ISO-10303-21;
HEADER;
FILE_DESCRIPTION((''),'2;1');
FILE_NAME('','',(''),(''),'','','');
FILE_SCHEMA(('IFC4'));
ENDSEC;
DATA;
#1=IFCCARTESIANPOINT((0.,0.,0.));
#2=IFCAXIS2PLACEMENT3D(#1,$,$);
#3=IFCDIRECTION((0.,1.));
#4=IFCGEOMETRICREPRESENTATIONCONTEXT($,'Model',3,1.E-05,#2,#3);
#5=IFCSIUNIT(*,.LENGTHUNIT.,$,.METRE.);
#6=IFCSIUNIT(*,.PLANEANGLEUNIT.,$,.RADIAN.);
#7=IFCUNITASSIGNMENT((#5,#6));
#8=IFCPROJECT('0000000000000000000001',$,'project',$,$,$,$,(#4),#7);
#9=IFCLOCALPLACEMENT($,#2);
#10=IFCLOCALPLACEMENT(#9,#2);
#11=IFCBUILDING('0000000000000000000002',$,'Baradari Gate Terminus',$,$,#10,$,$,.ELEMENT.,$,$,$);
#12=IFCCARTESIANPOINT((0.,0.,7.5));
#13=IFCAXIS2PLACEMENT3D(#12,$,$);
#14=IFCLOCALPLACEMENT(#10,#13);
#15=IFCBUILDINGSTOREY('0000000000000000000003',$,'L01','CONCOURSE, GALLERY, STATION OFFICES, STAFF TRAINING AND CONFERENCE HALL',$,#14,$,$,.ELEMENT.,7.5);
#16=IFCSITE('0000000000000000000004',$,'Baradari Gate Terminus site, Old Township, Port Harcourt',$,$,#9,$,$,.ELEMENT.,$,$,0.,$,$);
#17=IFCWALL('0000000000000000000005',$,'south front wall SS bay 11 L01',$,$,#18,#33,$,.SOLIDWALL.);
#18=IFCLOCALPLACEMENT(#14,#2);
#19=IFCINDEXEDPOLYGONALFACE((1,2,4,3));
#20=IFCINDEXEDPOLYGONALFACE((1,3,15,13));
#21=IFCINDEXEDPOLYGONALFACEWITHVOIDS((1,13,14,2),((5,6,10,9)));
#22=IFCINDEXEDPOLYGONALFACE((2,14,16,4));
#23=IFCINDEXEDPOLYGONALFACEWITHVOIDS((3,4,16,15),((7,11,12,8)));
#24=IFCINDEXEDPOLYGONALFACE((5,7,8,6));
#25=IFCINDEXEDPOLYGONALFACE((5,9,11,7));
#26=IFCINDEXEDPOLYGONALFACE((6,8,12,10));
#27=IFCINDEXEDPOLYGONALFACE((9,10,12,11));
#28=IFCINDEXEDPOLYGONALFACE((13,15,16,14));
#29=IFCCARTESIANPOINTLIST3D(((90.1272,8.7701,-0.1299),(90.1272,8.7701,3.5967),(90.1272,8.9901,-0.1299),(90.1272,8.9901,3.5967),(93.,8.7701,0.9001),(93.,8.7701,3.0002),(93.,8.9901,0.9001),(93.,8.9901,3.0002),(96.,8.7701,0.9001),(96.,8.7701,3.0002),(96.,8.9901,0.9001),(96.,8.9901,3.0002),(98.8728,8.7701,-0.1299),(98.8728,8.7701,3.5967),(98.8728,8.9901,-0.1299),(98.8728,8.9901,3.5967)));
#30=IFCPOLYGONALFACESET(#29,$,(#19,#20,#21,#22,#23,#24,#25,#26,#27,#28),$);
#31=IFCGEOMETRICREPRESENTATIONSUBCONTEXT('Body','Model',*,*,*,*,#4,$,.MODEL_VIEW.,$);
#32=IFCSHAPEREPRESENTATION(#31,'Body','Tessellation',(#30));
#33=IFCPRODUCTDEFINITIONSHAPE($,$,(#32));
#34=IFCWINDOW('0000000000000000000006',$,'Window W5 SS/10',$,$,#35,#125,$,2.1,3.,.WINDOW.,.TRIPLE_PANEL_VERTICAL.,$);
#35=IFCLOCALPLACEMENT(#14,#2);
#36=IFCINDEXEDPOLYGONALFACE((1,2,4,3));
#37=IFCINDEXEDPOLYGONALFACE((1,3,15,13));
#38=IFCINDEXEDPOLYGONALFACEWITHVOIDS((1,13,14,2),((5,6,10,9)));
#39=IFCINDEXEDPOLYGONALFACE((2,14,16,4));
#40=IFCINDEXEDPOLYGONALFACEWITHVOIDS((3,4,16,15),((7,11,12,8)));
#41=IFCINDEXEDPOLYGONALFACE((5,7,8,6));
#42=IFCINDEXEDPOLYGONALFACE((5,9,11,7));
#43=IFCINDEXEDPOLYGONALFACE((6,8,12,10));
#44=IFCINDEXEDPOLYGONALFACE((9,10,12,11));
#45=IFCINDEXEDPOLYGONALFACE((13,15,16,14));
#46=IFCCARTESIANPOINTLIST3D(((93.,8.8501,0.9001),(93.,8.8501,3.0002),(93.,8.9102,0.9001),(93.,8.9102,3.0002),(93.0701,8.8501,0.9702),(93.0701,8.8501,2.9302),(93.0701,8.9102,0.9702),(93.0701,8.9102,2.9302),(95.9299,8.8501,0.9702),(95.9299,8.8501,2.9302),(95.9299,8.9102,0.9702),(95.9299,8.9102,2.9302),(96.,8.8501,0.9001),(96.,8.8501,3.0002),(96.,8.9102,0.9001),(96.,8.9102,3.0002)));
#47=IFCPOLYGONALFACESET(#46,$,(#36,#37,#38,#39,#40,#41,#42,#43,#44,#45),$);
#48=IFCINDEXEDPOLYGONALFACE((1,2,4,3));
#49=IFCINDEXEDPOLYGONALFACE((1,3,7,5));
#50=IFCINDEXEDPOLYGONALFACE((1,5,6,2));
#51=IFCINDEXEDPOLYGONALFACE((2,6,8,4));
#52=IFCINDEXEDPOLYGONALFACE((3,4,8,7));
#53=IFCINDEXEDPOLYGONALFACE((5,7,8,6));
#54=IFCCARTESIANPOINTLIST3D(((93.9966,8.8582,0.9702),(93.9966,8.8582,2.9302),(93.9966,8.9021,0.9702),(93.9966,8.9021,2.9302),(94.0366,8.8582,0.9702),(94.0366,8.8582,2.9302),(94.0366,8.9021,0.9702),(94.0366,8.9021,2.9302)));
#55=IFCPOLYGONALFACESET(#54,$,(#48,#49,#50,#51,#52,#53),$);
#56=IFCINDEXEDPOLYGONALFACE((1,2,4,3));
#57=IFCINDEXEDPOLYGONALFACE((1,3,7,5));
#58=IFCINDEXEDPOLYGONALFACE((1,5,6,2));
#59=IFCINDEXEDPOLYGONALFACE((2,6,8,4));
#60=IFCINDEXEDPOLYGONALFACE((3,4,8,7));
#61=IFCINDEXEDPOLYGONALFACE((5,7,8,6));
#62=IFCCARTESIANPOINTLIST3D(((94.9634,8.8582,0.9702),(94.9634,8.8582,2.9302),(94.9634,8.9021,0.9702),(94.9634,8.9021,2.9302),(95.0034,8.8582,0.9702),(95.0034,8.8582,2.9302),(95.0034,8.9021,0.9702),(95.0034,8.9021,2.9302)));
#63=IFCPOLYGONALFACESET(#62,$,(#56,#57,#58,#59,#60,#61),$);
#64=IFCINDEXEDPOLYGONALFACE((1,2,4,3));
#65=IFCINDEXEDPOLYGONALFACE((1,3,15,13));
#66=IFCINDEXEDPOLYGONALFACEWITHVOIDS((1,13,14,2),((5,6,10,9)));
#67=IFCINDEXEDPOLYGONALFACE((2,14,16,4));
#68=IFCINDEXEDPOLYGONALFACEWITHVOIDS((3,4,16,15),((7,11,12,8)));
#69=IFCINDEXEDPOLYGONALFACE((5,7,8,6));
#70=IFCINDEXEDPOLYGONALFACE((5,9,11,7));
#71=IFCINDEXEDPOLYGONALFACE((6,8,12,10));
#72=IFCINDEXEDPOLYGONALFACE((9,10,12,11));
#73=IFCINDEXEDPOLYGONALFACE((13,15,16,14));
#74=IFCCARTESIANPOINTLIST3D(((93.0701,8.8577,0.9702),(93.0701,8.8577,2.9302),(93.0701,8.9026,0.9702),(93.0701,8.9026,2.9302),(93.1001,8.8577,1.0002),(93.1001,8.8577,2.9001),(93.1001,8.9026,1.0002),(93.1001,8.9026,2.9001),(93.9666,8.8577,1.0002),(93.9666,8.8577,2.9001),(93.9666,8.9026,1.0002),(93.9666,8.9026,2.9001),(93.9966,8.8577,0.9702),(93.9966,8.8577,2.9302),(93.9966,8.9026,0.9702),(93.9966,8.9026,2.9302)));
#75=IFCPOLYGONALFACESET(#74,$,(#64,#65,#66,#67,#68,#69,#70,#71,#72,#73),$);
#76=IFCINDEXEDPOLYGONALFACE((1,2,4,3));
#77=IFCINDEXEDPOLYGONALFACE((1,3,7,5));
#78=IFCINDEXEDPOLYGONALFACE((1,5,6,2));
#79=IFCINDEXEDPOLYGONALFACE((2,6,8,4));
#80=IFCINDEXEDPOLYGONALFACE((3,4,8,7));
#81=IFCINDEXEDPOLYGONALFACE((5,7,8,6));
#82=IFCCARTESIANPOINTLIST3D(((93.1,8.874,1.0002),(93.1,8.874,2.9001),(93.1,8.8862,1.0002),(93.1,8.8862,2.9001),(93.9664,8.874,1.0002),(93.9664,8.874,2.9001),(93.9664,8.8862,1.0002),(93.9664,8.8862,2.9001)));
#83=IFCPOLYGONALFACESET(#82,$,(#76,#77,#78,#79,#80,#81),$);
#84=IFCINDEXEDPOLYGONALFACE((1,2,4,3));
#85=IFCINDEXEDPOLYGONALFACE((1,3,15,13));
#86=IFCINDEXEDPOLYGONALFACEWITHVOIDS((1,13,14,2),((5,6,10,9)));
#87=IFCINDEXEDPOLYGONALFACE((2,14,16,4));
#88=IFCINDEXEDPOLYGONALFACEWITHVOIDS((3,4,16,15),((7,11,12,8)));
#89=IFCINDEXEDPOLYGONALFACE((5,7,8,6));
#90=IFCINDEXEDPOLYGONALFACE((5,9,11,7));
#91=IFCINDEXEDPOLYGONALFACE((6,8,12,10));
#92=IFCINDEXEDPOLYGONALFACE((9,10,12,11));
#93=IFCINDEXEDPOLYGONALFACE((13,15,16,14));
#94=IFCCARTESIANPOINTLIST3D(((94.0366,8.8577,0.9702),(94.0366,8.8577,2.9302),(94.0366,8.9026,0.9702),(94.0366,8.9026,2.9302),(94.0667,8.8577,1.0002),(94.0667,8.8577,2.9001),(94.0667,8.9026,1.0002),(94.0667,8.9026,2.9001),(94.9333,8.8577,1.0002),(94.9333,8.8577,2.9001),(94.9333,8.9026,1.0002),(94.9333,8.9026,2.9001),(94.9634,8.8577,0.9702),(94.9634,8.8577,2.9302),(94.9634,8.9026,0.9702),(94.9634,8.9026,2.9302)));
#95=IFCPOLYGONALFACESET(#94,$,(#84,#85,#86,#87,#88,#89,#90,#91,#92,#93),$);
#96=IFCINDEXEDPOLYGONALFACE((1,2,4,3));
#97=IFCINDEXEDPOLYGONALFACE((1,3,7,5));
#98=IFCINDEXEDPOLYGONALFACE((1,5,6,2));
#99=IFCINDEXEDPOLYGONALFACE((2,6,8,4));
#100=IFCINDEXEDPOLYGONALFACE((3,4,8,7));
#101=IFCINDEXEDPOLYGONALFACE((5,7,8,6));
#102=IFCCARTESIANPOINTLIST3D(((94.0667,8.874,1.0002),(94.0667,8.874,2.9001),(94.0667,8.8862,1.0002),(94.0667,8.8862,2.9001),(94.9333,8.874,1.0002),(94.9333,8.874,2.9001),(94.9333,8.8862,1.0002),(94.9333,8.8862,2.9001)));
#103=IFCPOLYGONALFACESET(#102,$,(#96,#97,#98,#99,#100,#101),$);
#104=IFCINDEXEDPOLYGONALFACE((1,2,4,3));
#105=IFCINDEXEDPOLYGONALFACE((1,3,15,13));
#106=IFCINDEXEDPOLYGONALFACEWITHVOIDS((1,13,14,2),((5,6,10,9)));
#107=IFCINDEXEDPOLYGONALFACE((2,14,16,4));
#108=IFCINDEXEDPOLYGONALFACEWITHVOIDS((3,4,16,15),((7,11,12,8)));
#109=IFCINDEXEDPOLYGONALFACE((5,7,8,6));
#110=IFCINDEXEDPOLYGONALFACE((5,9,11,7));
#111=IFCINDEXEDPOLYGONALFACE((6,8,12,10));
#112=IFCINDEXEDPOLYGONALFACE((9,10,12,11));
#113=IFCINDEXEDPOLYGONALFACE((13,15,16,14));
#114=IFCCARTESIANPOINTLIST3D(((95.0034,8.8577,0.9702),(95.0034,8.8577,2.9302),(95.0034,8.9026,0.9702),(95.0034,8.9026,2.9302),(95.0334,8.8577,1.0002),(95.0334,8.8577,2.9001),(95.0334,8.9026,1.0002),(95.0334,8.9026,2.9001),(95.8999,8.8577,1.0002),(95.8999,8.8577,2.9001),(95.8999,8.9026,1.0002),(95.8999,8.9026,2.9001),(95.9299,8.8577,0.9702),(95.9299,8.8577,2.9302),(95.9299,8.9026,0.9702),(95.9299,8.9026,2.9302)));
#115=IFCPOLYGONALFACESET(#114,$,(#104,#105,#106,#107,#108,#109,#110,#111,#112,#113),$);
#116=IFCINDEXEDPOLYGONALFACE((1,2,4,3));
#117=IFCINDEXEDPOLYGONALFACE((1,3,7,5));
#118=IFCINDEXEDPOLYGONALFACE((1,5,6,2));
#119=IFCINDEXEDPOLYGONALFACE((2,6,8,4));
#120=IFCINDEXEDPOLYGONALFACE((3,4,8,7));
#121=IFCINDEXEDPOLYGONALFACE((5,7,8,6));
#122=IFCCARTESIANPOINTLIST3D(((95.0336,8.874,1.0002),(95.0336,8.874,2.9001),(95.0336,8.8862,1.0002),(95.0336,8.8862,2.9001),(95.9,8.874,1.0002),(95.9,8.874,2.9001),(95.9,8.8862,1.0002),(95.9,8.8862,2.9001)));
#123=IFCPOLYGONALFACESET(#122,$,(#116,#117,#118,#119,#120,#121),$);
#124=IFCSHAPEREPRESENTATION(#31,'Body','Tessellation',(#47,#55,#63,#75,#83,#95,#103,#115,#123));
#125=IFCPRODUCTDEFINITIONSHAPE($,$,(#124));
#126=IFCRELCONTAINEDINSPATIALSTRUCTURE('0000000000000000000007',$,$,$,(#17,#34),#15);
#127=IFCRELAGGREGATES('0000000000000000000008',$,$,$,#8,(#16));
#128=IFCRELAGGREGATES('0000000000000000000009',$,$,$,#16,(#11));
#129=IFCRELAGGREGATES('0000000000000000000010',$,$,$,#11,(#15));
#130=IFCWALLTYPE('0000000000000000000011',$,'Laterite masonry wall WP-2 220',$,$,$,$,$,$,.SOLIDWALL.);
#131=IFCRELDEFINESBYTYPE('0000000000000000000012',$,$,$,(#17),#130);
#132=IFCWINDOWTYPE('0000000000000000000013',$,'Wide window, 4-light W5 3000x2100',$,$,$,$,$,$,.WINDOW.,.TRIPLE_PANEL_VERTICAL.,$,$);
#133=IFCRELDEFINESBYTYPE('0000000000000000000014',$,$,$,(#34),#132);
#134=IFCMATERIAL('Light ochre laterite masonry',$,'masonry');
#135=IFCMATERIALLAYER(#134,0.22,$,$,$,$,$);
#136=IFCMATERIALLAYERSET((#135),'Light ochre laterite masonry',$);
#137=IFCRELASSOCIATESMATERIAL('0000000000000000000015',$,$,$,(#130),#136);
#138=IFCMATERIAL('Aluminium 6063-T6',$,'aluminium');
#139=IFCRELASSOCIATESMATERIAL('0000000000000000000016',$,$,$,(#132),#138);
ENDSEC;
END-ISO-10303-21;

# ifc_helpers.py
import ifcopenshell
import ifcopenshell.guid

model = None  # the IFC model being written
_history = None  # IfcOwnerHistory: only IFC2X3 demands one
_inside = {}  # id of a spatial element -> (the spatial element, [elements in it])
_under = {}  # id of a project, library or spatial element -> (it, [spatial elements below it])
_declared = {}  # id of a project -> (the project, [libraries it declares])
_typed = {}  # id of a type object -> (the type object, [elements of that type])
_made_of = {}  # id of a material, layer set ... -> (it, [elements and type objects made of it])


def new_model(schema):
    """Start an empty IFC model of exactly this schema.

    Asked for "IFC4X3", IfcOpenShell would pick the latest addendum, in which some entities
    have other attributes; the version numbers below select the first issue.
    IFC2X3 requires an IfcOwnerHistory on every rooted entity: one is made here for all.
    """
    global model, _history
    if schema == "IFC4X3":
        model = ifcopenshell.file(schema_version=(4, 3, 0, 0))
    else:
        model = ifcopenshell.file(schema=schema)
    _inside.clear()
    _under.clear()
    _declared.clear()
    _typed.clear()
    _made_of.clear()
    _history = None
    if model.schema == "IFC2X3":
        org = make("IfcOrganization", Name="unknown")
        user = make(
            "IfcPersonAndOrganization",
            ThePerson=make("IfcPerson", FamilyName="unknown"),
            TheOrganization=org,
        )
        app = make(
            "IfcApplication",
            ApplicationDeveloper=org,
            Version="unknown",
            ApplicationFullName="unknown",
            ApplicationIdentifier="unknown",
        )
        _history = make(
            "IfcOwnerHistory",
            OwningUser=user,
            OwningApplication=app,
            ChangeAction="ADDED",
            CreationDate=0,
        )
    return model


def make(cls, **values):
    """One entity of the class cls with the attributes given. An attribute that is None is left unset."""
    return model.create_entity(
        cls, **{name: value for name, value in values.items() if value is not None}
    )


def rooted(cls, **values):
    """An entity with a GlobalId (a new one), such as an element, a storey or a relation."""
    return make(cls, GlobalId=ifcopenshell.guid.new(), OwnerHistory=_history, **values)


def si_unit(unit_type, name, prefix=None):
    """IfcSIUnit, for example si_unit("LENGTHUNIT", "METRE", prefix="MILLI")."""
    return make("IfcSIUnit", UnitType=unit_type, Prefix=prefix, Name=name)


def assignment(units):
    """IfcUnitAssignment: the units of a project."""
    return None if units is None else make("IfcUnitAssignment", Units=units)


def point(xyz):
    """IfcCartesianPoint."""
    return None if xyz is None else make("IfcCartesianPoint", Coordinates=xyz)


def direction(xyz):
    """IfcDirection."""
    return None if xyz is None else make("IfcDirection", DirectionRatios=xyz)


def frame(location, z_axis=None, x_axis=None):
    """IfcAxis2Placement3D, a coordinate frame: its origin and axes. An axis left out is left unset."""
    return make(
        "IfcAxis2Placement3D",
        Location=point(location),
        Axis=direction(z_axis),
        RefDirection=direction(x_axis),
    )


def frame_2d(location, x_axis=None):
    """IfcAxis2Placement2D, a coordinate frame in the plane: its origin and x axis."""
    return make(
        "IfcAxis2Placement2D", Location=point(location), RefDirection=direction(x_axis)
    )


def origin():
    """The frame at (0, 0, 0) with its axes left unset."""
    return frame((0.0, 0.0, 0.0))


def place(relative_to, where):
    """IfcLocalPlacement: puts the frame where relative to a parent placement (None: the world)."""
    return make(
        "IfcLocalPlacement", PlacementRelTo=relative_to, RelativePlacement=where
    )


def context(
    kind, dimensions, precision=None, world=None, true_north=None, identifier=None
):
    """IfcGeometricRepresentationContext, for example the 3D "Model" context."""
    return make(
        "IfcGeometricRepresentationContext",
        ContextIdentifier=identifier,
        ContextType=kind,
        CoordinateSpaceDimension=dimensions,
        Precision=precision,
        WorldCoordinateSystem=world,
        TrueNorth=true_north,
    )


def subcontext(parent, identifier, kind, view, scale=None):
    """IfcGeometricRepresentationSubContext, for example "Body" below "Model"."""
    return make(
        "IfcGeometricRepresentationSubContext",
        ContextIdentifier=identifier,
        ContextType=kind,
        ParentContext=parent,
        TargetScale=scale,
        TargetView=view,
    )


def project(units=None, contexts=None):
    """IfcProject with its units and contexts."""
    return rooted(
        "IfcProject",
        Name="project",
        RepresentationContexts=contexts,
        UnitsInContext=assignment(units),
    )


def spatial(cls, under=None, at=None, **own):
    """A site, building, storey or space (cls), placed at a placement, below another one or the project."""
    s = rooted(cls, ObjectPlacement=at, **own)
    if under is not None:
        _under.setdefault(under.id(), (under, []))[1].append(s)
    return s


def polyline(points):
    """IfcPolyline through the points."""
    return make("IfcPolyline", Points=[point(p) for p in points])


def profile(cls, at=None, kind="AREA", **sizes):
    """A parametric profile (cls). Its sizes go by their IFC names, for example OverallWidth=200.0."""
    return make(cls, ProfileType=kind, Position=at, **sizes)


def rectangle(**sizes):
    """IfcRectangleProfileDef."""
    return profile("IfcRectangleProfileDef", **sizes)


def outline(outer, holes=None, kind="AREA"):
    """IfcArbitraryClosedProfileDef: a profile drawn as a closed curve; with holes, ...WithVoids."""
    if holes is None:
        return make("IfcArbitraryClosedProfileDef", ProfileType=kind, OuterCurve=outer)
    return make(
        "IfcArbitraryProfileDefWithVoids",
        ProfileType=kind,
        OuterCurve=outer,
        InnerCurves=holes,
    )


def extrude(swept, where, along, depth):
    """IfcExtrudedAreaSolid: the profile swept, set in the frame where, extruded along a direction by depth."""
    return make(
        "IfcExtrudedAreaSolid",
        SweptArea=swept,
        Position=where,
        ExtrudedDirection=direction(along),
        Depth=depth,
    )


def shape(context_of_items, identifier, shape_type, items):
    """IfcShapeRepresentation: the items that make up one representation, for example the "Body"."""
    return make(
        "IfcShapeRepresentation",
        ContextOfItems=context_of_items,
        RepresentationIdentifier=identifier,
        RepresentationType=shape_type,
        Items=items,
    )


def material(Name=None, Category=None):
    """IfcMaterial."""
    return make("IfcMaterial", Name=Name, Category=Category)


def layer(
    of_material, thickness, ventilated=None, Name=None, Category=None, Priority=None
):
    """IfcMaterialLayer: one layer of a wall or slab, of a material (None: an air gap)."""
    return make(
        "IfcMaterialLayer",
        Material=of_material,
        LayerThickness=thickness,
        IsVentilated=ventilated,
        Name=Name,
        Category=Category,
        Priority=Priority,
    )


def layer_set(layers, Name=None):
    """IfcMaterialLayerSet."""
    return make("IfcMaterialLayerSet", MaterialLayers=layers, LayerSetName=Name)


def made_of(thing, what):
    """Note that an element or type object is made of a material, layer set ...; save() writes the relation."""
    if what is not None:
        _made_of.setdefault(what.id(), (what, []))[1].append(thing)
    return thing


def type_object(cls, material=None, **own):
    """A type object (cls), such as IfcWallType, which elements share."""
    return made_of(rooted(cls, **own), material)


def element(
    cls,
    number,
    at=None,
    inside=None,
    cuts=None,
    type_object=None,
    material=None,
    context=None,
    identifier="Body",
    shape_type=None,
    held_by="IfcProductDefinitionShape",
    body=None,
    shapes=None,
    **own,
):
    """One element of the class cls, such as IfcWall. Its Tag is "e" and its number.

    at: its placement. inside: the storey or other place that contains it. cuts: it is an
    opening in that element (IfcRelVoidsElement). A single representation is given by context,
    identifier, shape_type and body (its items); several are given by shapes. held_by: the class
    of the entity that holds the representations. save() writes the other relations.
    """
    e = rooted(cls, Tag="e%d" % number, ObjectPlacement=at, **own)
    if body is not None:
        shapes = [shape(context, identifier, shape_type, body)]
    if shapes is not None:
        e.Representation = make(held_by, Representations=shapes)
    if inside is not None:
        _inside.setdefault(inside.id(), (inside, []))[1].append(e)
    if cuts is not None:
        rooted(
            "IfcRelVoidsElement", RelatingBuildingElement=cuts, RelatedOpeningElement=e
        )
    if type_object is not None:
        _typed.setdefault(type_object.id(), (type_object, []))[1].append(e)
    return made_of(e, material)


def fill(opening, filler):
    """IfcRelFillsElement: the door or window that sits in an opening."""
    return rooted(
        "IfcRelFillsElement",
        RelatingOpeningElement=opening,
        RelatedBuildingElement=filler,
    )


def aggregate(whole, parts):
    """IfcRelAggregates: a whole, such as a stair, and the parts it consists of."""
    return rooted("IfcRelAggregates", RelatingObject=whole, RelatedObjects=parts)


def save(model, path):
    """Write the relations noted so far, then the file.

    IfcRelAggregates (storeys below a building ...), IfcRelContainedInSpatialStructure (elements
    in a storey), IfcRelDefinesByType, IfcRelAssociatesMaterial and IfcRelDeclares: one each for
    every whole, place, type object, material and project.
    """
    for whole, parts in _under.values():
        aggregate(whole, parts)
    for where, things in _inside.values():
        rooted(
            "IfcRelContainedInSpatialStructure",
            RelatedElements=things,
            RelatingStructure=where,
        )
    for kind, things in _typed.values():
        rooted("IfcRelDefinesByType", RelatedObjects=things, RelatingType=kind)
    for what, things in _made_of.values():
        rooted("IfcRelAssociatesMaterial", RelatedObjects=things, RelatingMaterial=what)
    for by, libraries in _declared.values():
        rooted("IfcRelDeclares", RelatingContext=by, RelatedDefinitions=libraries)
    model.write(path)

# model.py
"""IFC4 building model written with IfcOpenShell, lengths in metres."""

from ifc_helpers import new_model, si_unit, direction, frame, frame_2d, origin, place, context, subcontext, project, spatial, polyline, rectangle, outline, extrude, material, layer, layer_set, type_object, element, fill, save


model = new_model("IFC4")

# Units and contexts
model_context = context("Model", 3, precision=1e-05, world=origin(), true_north=direction((0.0, 1.0)))
body_context = subcontext(model_context, "Body", "Model", "MODEL_VIEW")
ifc_project = project(units=[si_unit("LENGTHUNIT", "METRE"), si_unit("PLANEANGLEUNIT", "RADIAN")], contexts=[model_context])

# Site, building, storey
site_placement = place(None, origin())
site = spatial("IfcSite", under=ifc_project, at=site_placement, Name="Baradari Gate Terminus site, Old Township, Port Harcourt", CompositionType="ELEMENT", RefElevation=0.0)
building_placement = place(site_placement, origin())
building = spatial("IfcBuilding", under=site, at=building_placement, Name="Baradari Gate Terminus", CompositionType="ELEMENT")
storey_placement = place(building_placement, frame((0.0, 0.0, 7.5)))
storey = spatial("IfcBuildingStorey", under=building, at=storey_placement, Name="L01", Description="CONCOURSE, GALLERY, STATION OFFICES, STAFF TRAINING AND CONFERENCE HALL", CompositionType="ELEMENT", Elevation=7.5)

# Wall, opening, window
ifc_material_1 = material(Name="Light ochre laterite masonry", Category="masonry")
ifc_layer_1 = layer(ifc_material_1, 0.22)
ifc_layer_set_1 = layer_set([ifc_layer_1], Name="Light ochre laterite masonry")
wall_type_1 = type_object("IfcWallType", Name="Laterite masonry wall WP-2 220", PredefinedType="SOLIDWALL", material=ifc_layer_set_1)
wall_1_placement = place(storey_placement, frame((90.1272, 8.8801, -0.1299), z_axis=(0.0, 0.0, 1.0), x_axis=(1.0, 0.0, 0.0)))
wall_1 = element("IfcWall", 1, at=wall_1_placement, inside=storey, type_object=wall_type_1, Name="south front wall SS bay 11 L01", PredefinedType="SOLIDWALL", context=body_context, shape_type="SweptSolid", body=[
    extrude(rectangle(XDim=8.7456, YDim=0.22, at=frame_2d((4.3728, 0.0))), origin(), (0.0, 0.0, 1.0), 3.7266),
])
opening_1_placement = place(wall_1_placement, frame((2.8728, 0.0, 1.03)))
opening_1 = element("IfcOpeningElement", 2, at=opening_1_placement, cuts=wall_1, PredefinedType="OPENING", context=body_context, shape_type="SweptSolid", body=[
    extrude(rectangle(XDim=3.0, YDim=2.1001, at=frame_2d((1.5, 1.05))), frame((0.0, 0.1199, 0.0), z_axis=(0.0, -1.0, 0.0), x_axis=(1.0, 0.0, 0.0)), (0.0, 0.0, 1.0), 0.24),
])
ifc_material_2 = material(Name="Aluminium 6063-T6", Category="aluminium")
window_type = type_object("IfcWindowType", Name="Wide window, 4-light W5 3000x2100", PartitioningType="TRIPLE_PANEL_VERTICAL", PredefinedType="WINDOW", material=ifc_material_2)
window_1_placement = place(opening_1_placement, origin())
window_1 = element("IfcWindow", 3, at=window_1_placement, inside=storey, type_object=window_type, Name="Window W5 SS/10", OverallHeight=2.1, OverallWidth=3.0, PartitioningType="TRIPLE_PANEL_VERTICAL", PredefinedType="WINDOW", context=body_context, shape_type="SweptSolid", body=[
    extrude(outline(polyline([(0.0, 0.0), (3.0, 0.0), (3.0, 2.1001), (0.0, 2.1001), (0.0, 0.0)]), holes=[polyline([(0.0701, 0.0701), (2.9299, 0.0701), (2.9299, 2.03), (0.0701, 2.03), (0.0701, 0.0701)])]), frame((0.0, 0.03, 0.0), z_axis=(0.0, -1.0, 0.0), x_axis=(1.0, 0.0, 0.0)), (0.0, 0.0, 1.0), 0.0601),
    extrude(rectangle(XDim=0.04, YDim=1.96, at=frame_2d((1.0166, 1.05))), frame((0.0, 0.022, 0.0), z_axis=(0.0, -1.0, 0.0), x_axis=(1.0, 0.0, 0.0)), (0.0, 0.0, 1.0), 0.0439),
    extrude(rectangle(XDim=0.04, YDim=1.96, at=frame_2d((1.9834, 1.05))), frame((0.0, 0.022, 0.0), z_axis=(0.0, -1.0, 0.0), x_axis=(1.0, 0.0, 0.0)), (0.0, 0.0, 1.0), 0.0439),
    extrude(outline(polyline([(0.0701, 0.0701), (0.9966, 0.0701), (0.9966, 2.03), (0.0701, 2.03), (0.0701, 0.0701)]), holes=[polyline([(0.1001, 0.1001), (0.9666, 0.1001), (0.9666, 2.0), (0.1001, 2.0), (0.1001, 0.1001)])]), frame((0.0, 0.0225, 0.0), z_axis=(0.0, -1.0, 0.0), x_axis=(1.0, 0.0, 0.0)), (0.0, 0.0, 1.0), 0.0449),
    extrude(rectangle(XDim=0.8665, YDim=1.8999, at=frame_2d((0.5332, 1.05))), frame((0.0, 0.0061, 0.0), z_axis=(0.0, -1.0, 0.0), x_axis=(1.0, 0.0, 0.0)), (0.0, 0.0, 1.0), 0.0122),
    extrude(outline(polyline([(1.0366, 0.0701), (1.9634, 0.0701), (1.9634, 2.03), (1.0366, 2.03), (1.0366, 0.0701)]), holes=[polyline([(1.0667, 0.1001), (1.9333, 0.1001), (1.9333, 2.0), (1.0667, 2.0), (1.0667, 0.1001)])]), frame((0.0, 0.0225, 0.0), z_axis=(0.0, -1.0, 0.0), x_axis=(1.0, 0.0, 0.0)), (0.0, 0.0, 1.0), 0.0449),
    extrude(rectangle(XDim=0.8667, YDim=1.8999, at=frame_2d((1.5, 1.05))), frame((0.0, 0.0061, 0.0), z_axis=(0.0, -1.0, 0.0), x_axis=(1.0, 0.0, 0.0)), (0.0, 0.0, 1.0), 0.0122),
    extrude(outline(polyline([(2.0034, 0.0701), (2.9299, 0.0701), (2.9299, 2.03), (2.0034, 2.03), (2.0034, 0.0701)]), holes=[polyline([(2.0334, 0.1001), (2.8999, 0.1001), (2.8999, 2.0), (2.0334, 2.0), (2.0334, 0.1001)])]), frame((0.0, 0.0225, 0.0), z_axis=(0.0, -1.0, 0.0), x_axis=(1.0, 0.0, 0.0)), (0.0, 0.0, 1.0), 0.0449),
    extrude(rectangle(XDim=0.8665, YDim=1.8999, at=frame_2d((2.4668, 1.05))), frame((0.0, 0.0061, 0.0), z_axis=(0.0, -1.0, 0.0), x_axis=(1.0, 0.0, 0.0)), (0.0, 0.0, 1.0), 0.0122),
])
fill(opening_1, window_1)

save(model, "model.ifc")
